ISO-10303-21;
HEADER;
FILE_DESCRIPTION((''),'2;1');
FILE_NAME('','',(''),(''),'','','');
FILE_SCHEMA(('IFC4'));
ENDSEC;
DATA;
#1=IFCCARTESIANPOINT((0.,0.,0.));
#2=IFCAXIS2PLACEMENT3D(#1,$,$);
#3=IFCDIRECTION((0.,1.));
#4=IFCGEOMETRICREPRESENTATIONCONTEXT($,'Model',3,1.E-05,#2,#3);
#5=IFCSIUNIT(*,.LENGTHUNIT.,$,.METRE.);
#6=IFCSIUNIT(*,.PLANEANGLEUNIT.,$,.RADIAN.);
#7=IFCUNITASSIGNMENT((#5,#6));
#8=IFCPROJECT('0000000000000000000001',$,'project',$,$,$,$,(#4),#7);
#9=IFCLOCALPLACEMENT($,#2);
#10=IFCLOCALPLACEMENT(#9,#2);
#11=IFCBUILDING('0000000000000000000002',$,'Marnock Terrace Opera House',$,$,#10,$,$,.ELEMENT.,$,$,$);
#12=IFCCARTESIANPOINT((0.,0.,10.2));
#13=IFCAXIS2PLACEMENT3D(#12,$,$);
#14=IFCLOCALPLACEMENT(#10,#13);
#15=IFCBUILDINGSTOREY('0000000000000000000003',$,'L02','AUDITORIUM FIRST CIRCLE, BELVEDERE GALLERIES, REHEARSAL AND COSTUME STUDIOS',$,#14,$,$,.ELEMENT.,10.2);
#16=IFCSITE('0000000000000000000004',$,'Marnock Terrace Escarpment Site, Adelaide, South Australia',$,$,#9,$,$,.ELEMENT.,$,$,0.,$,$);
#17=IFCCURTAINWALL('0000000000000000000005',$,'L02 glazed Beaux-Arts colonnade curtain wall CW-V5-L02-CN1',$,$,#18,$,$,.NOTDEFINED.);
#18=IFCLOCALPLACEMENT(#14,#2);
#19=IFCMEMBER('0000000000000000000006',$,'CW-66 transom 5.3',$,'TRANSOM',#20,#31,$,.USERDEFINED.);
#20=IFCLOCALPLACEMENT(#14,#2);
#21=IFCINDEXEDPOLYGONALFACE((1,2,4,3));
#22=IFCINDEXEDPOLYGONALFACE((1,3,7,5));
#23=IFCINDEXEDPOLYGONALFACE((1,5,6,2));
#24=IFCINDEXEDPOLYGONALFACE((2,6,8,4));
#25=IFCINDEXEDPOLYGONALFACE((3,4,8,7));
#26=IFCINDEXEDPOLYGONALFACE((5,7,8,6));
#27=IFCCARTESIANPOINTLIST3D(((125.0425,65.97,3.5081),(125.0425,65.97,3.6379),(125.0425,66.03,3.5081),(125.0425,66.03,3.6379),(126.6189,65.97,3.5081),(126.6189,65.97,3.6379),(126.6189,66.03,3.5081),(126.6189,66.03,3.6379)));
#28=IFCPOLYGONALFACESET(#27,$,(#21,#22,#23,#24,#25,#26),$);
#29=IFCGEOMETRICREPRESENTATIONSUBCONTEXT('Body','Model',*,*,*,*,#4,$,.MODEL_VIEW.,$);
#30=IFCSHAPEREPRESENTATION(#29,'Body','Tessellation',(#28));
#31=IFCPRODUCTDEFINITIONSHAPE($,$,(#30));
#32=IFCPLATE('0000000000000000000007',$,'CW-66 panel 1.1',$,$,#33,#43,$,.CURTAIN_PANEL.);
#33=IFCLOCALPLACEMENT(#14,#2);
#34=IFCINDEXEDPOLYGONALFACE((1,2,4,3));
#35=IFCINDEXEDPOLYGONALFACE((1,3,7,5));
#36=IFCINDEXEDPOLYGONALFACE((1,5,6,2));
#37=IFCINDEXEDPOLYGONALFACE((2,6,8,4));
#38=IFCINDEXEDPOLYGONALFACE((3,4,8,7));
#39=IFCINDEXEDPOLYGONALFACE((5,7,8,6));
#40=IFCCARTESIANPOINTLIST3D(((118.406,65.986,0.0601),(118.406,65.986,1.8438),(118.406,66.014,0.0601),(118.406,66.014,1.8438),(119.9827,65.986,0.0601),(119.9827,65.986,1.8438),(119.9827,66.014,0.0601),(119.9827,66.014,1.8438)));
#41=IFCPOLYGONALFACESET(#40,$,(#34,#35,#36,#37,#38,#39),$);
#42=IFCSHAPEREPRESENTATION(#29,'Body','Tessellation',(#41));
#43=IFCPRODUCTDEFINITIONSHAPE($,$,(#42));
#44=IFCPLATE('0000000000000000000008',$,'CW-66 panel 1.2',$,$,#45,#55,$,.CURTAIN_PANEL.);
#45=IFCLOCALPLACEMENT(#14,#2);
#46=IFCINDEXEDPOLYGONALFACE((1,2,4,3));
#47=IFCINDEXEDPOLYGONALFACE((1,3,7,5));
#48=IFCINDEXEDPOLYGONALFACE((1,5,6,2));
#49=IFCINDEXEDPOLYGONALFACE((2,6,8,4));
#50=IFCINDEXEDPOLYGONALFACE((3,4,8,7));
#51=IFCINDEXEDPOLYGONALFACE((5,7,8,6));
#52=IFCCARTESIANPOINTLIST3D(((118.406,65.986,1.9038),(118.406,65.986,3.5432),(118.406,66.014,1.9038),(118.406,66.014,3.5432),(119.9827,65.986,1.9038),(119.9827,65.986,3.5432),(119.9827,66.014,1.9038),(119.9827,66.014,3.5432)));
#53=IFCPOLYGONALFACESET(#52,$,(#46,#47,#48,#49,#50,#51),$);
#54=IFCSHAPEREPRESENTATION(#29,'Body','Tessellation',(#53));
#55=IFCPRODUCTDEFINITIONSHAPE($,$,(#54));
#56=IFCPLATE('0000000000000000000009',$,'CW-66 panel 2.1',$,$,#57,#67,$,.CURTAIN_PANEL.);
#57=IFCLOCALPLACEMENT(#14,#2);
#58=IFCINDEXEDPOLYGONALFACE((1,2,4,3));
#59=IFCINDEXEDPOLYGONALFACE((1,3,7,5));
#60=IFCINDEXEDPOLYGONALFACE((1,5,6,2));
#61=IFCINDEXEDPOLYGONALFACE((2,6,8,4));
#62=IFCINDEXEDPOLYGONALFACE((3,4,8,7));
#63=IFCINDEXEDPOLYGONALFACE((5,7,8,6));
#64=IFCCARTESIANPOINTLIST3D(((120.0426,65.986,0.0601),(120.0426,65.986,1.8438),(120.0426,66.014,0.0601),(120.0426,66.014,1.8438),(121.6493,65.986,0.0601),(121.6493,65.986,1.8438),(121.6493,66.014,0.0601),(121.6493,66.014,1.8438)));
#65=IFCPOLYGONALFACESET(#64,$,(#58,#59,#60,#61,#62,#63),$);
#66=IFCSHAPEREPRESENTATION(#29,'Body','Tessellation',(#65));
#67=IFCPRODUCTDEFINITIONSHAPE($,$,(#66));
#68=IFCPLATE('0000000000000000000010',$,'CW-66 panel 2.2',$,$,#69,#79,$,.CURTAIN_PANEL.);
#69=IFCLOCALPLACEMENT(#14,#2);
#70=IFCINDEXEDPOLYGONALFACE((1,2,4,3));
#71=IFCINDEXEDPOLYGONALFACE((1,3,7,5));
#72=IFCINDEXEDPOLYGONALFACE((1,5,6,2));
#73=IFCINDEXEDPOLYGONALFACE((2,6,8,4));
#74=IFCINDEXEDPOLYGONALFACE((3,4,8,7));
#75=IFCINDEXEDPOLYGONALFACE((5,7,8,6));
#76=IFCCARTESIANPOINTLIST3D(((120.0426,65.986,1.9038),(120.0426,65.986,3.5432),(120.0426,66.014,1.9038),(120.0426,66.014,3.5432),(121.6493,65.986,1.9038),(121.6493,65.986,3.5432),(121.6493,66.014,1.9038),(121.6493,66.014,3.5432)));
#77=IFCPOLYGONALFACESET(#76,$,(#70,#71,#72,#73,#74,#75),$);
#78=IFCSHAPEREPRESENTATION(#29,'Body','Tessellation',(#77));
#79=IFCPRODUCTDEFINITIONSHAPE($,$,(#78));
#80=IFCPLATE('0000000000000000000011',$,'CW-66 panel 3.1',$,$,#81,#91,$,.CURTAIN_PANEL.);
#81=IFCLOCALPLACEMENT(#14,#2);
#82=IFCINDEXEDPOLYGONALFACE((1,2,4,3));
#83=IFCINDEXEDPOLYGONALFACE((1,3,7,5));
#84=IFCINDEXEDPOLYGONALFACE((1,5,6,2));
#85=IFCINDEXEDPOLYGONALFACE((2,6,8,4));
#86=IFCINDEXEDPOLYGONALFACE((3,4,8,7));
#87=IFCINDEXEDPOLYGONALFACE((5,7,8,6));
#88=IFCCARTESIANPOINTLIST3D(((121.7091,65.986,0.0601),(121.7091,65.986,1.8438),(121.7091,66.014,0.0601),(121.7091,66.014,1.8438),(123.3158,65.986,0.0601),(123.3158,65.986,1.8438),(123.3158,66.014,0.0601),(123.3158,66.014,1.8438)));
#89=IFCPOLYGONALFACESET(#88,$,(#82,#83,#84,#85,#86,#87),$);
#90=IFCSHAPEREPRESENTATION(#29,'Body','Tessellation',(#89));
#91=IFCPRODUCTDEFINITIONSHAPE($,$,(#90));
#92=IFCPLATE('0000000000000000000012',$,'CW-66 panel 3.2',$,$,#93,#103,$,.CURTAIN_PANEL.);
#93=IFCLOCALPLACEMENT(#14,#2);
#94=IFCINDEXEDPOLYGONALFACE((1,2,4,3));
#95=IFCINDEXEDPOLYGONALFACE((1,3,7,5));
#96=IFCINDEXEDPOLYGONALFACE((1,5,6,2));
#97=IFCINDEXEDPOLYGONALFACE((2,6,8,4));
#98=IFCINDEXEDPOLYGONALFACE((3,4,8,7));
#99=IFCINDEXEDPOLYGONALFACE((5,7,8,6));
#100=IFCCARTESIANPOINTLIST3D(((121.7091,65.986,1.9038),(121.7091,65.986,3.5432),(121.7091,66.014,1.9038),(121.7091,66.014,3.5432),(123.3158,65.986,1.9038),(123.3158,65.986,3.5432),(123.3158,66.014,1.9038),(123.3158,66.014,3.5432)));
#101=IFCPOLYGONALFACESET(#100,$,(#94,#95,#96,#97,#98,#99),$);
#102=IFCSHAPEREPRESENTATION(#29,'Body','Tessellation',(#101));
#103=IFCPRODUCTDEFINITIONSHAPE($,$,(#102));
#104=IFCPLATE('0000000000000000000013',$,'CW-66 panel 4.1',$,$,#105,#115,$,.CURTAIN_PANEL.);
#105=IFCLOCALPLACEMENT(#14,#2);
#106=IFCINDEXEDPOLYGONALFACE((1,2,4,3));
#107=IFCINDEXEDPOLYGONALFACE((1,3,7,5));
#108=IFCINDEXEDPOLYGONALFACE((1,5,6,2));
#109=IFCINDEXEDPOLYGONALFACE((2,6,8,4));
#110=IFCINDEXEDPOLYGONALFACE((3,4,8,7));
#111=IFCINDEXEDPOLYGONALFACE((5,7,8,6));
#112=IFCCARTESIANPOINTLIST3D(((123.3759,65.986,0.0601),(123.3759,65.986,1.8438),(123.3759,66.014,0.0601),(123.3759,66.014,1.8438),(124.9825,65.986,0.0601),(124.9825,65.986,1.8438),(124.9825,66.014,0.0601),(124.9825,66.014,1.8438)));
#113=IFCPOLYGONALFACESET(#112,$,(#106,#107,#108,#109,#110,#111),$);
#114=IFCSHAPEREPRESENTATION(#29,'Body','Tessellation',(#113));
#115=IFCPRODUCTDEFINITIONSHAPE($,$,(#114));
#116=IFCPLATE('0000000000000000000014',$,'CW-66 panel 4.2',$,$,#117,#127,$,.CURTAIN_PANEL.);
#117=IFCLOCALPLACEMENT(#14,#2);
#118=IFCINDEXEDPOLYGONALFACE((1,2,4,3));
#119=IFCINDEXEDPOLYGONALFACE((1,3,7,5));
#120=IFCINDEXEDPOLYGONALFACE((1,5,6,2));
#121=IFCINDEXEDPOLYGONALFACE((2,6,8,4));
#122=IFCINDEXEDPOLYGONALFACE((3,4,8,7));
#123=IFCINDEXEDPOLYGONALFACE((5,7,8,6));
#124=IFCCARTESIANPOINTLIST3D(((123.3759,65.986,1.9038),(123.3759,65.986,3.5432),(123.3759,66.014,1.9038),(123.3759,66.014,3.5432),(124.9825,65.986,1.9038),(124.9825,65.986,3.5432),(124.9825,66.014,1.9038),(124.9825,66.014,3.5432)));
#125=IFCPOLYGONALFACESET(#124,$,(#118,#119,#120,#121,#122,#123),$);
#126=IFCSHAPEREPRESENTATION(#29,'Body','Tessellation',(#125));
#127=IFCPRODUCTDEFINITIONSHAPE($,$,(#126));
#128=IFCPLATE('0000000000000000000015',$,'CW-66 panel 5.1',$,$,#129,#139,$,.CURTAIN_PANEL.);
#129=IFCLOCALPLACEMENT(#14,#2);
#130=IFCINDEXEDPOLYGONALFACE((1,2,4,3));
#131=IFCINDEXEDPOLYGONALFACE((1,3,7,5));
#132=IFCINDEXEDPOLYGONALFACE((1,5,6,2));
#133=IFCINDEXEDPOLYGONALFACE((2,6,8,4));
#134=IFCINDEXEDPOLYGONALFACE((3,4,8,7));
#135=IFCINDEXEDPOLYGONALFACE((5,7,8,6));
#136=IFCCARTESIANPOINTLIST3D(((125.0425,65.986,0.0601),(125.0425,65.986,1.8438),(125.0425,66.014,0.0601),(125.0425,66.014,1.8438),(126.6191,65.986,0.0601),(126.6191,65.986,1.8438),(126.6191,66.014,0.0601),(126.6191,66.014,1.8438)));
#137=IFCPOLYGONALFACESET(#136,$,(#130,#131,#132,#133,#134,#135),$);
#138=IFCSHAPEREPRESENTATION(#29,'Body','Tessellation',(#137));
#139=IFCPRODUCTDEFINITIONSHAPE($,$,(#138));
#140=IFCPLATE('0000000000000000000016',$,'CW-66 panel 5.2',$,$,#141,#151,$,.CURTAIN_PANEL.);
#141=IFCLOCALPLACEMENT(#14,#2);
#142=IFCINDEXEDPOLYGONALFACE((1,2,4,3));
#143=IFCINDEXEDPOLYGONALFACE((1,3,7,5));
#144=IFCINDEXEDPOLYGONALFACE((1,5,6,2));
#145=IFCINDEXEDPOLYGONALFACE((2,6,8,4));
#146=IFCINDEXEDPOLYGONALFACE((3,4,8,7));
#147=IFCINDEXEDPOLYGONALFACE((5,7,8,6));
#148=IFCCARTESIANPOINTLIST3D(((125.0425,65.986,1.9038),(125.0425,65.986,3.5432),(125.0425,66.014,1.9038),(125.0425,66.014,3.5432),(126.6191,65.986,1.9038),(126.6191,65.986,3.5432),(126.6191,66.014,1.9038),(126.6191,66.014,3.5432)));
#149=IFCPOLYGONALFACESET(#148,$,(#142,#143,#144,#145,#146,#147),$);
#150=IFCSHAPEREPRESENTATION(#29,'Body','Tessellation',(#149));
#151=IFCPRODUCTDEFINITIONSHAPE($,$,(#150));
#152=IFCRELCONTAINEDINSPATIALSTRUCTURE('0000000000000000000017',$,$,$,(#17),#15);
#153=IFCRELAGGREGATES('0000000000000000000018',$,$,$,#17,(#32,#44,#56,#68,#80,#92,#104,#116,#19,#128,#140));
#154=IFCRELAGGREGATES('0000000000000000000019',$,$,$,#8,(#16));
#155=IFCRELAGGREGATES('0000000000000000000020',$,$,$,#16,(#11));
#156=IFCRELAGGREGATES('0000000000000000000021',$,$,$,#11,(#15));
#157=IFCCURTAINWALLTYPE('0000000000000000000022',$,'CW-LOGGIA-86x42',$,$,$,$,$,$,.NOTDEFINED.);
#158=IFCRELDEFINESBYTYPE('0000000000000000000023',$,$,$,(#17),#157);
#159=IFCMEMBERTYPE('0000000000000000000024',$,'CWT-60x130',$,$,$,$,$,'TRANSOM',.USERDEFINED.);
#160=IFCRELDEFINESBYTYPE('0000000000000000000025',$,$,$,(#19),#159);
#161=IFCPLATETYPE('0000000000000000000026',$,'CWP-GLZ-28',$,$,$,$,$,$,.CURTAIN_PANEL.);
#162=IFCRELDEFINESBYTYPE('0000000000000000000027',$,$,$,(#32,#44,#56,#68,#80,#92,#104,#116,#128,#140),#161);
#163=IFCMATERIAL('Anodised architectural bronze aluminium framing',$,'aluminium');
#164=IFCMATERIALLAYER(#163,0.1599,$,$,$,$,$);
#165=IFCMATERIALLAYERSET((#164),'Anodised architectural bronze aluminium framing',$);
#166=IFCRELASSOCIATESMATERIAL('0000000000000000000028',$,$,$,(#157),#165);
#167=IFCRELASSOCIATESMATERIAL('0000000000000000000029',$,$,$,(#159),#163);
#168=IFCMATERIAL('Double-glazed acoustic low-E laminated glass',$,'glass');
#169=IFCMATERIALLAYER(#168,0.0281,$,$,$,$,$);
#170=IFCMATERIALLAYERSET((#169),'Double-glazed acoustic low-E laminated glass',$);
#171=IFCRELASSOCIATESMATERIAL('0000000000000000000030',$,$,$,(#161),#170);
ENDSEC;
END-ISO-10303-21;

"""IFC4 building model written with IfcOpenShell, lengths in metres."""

from ifc_helpers import new_model, si_unit, direction, frame, origin, origin_2d, place, context, subcontext, project, spatial, rectangle, extrude, material, layer, layer_set, material_profile, profile_set, type_object, element, aggregate, save


model = new_model("IFC4")

# Units and contexts
model_context = context("Model", 3, precision=1e-05, world=origin(), true_north=direction((0.0, 1.0)))
body_context = subcontext(model_context, "Body", "Model", "MODEL_VIEW")
ifc_project = project(units=[si_unit("LENGTHUNIT", "METRE"), si_unit("PLANEANGLEUNIT", "RADIAN")], contexts=[model_context])

# Site, building, storey
site_placement = place(None, origin())
site = spatial("IfcSite", under=ifc_project, at=site_placement, Name="Marnock Terrace Escarpment Site, Adelaide, South Australia", CompositionType="ELEMENT", RefElevation=0.0)
building_placement = place(site_placement, origin())
building = spatial("IfcBuilding", under=site, at=building_placement, Name="Marnock Terrace Opera House", CompositionType="ELEMENT")
storey_placement = place(building_placement, frame((0.0, 0.0, 10.2)))
storey = spatial("IfcBuildingStorey", under=building, at=storey_placement, Name="L02", Description="AUDITORIUM FIRST CIRCLE, BELVEDERE GALLERIES, REHEARSAL AND COSTUME STUDIOS", CompositionType="ELEMENT", Elevation=10.2)

# Curtain wall
ifc_material_1 = material(Name="Anodised architectural bronze aluminium framing", Category="aluminium")
ifc_layer_1 = layer(ifc_material_1, 0.1599)
ifc_layer_set_1 = layer_set([ifc_layer_1], Name="Anodised architectural bronze aluminium framing")
curtain_wall_type = type_object("IfcCurtainWallType", Name="CW-LOGGIA-86x42", PredefinedType="NOTDEFINED", material=ifc_layer_set_1)
curtain_wall_1_placement = place(storey_placement, origin())
curtain_wall_1 = element("IfcCurtainWall", 1, at=curtain_wall_1_placement, inside=storey, type_object=curtain_wall_type, Name="L02 glazed Beaux-Arts colonnade curtain wall CW-V5-L02-CN1", PredefinedType="NOTDEFINED")

# Member
ifc_material_profile_1 = material_profile(ifc_material_1, rectangle(XDim=0.0601, YDim=0.1299, at=origin_2d()))
ifc_profile_set_1 = profile_set([ifc_material_profile_1], Name="Anodised architectural bronze aluminium framing")
member_type_1 = type_object("IfcMemberType", Name="CWT-60x130", ElementType="TRANSOM", PredefinedType="USERDEFINED", material=ifc_profile_set_1)
member_1_placement = place(storey_placement, frame((125.0425, 66.0, 3.573), z_axis=(1.0, 0.0, 0.0), x_axis=(0.0, 1.0, 0.0)))
member_1 = element("IfcMember", 2, at=member_1_placement, type_object=member_type_1, Name="CW-66 transom 5.3", ObjectType="TRANSOM", PredefinedType="USERDEFINED", context=body_context, shape_type="SweptSolid", body=[
    extrude(rectangle(XDim=0.0601, YDim=0.1299, at=origin_2d()), origin(), (0.0, 0.0, 1.0), 1.5764),
])

# Plates
ifc_material_2 = material(Name="Double-glazed acoustic low-E laminated glass", Category="glass")
ifc_layer_2 = layer(ifc_material_2, 0.0281)
ifc_layer_set_2 = layer_set([ifc_layer_2], Name="Double-glazed acoustic low-E laminated glass")
plate_type = type_object("IfcPlateType", Name="CWP-GLZ-28", PredefinedType="CURTAIN_PANEL", material=ifc_layer_set_2)
plate_1_placement = place(storey_placement, frame((119.1943, 66.0, 0.0601), z_axis=(0.0, 0.0, 1.0), x_axis=(1.0, 0.0, 0.0)))
plate_1 = element("IfcPlate", 3, at=plate_1_placement, type_object=plate_type, Name="CW-66 panel 1.1", PredefinedType="CURTAIN_PANEL", context=body_context, shape_type="SweptSolid", body=[
    extrude(rectangle(XDim=1.5767, YDim=0.0281, at=origin_2d()), origin(), (0.0, 0.0, 1.0), 1.7837),
])
plate_2_placement = place(storey_placement, frame((119.1943, 66.0, 1.9038), z_axis=(0.0, 0.0, 1.0), x_axis=(1.0, 0.0, 0.0)))
plate_2 = element("IfcPlate", 4, at=plate_2_placement, type_object=plate_type, Name="CW-66 panel 1.2", PredefinedType="CURTAIN_PANEL", context=body_context, shape_type="SweptSolid", body=[
    extrude(rectangle(XDim=1.5767, YDim=0.0281, at=origin_2d()), origin(), (0.0, 0.0, 1.0), 1.6394),
])
plate_3_placement = place(storey_placement, frame((120.8459, 66.0, 0.0601), z_axis=(0.0, 0.0, 1.0), x_axis=(1.0, 0.0, 0.0)))
plate_3 = element("IfcPlate", 5, at=plate_3_placement, type_object=plate_type, Name="CW-66 panel 2.1", PredefinedType="CURTAIN_PANEL", context=body_context, shape_type="SweptSolid", body=[
    extrude(rectangle(XDim=1.6067, YDim=0.0281, at=origin_2d()), origin(), (0.0, 0.0, 1.0), 1.7837),
])
plate_4_placement = place(storey_placement, frame((120.8459, 66.0, 1.9038), z_axis=(0.0, 0.0, 1.0), x_axis=(1.0, 0.0, 0.0)))
plate_4 = element("IfcPlate", 6, at=plate_4_placement, type_object=plate_type, Name="CW-66 panel 2.2", PredefinedType="CURTAIN_PANEL", context=body_context, shape_type="SweptSolid", body=[
    extrude(rectangle(XDim=1.6067, YDim=0.0281, at=origin_2d()), origin(), (0.0, 0.0, 1.0), 1.6394),
])
plate_5_placement = place(storey_placement, frame((122.5125, 66.0, 0.0601), z_axis=(0.0, 0.0, 1.0), x_axis=(1.0, 0.0, 0.0)))
plate_5 = element("IfcPlate", 7, at=plate_5_placement, type_object=plate_type, Name="CW-66 panel 3.1", PredefinedType="CURTAIN_PANEL", context=body_context, shape_type="SweptSolid", body=[
    extrude(rectangle(XDim=1.6067, YDim=0.0281, at=origin_2d()), origin(), (0.0, 0.0, 1.0), 1.7837),
])
plate_6_placement = place(storey_placement, frame((122.5125, 66.0, 1.9038), z_axis=(0.0, 0.0, 1.0), x_axis=(1.0, 0.0, 0.0)))
plate_6 = element("IfcPlate", 8, at=plate_6_placement, type_object=plate_type, Name="CW-66 panel 3.2", PredefinedType="CURTAIN_PANEL", context=body_context, shape_type="SweptSolid", body=[
    extrude(rectangle(XDim=1.6067, YDim=0.0281, at=origin_2d()), origin(), (0.0, 0.0, 1.0), 1.6394),
])
plate_7_placement = place(storey_placement, frame((124.1792, 66.0, 0.0601), z_axis=(0.0, 0.0, 1.0), x_axis=(1.0, 0.0, 0.0)))
plate_7 = element("IfcPlate", 9, at=plate_7_placement, type_object=plate_type, Name="CW-66 panel 4.1", PredefinedType="CURTAIN_PANEL", context=body_context, shape_type="SweptSolid", body=[
    extrude(rectangle(XDim=1.6067, YDim=0.0281, at=origin_2d()), origin(), (0.0, 0.0, 1.0), 1.7837),
])
plate_8_placement = place(storey_placement, frame((124.1792, 66.0, 1.9038), z_axis=(0.0, 0.0, 1.0), x_axis=(1.0, 0.0, 0.0)))
plate_8 = element("IfcPlate", 10, at=plate_8_placement, type_object=plate_type, Name="CW-66 panel 4.2", PredefinedType="CURTAIN_PANEL", context=body_context, shape_type="SweptSolid", body=[
    extrude(rectangle(XDim=1.6067, YDim=0.0281, at=origin_2d()), origin(), (0.0, 0.0, 1.0), 1.6394),
])
plate_9_placement = place(storey_placement, frame((125.8308, 66.0, 0.0601), z_axis=(0.0, 0.0, 1.0), x_axis=(1.0, 0.0, 0.0)))
plate_9 = element("IfcPlate", 11, at=plate_9_placement, type_object=plate_type, Name="CW-66 panel 5.1", PredefinedType="CURTAIN_PANEL", context=body_context, shape_type="SweptSolid", body=[
    extrude(rectangle(XDim=1.5767, YDim=0.0281, at=origin_2d()), origin(), (0.0, 0.0, 1.0), 1.7837),
])
plate_10_placement = place(storey_placement, frame((125.8308, 66.0, 1.9038), z_axis=(0.0, 0.0, 1.0), x_axis=(1.0, 0.0, 0.0)))
plate_10 = element("IfcPlate", 12, at=plate_10_placement, type_object=plate_type, Name="CW-66 panel 5.2", PredefinedType="CURTAIN_PANEL", context=body_context, shape_type="SweptSolid", body=[
    extrude(rectangle(XDim=1.5767, YDim=0.0281, at=origin_2d()), origin(), (0.0, 0.0, 1.0), 1.6394),
])
aggregate(curtain_wall_1, [plate_1, plate_2, plate_3, plate_4, plate_5, plate_6, plate_7, plate_8, member_1, plate_9, plate_10])

save(model, "model.ifc")
